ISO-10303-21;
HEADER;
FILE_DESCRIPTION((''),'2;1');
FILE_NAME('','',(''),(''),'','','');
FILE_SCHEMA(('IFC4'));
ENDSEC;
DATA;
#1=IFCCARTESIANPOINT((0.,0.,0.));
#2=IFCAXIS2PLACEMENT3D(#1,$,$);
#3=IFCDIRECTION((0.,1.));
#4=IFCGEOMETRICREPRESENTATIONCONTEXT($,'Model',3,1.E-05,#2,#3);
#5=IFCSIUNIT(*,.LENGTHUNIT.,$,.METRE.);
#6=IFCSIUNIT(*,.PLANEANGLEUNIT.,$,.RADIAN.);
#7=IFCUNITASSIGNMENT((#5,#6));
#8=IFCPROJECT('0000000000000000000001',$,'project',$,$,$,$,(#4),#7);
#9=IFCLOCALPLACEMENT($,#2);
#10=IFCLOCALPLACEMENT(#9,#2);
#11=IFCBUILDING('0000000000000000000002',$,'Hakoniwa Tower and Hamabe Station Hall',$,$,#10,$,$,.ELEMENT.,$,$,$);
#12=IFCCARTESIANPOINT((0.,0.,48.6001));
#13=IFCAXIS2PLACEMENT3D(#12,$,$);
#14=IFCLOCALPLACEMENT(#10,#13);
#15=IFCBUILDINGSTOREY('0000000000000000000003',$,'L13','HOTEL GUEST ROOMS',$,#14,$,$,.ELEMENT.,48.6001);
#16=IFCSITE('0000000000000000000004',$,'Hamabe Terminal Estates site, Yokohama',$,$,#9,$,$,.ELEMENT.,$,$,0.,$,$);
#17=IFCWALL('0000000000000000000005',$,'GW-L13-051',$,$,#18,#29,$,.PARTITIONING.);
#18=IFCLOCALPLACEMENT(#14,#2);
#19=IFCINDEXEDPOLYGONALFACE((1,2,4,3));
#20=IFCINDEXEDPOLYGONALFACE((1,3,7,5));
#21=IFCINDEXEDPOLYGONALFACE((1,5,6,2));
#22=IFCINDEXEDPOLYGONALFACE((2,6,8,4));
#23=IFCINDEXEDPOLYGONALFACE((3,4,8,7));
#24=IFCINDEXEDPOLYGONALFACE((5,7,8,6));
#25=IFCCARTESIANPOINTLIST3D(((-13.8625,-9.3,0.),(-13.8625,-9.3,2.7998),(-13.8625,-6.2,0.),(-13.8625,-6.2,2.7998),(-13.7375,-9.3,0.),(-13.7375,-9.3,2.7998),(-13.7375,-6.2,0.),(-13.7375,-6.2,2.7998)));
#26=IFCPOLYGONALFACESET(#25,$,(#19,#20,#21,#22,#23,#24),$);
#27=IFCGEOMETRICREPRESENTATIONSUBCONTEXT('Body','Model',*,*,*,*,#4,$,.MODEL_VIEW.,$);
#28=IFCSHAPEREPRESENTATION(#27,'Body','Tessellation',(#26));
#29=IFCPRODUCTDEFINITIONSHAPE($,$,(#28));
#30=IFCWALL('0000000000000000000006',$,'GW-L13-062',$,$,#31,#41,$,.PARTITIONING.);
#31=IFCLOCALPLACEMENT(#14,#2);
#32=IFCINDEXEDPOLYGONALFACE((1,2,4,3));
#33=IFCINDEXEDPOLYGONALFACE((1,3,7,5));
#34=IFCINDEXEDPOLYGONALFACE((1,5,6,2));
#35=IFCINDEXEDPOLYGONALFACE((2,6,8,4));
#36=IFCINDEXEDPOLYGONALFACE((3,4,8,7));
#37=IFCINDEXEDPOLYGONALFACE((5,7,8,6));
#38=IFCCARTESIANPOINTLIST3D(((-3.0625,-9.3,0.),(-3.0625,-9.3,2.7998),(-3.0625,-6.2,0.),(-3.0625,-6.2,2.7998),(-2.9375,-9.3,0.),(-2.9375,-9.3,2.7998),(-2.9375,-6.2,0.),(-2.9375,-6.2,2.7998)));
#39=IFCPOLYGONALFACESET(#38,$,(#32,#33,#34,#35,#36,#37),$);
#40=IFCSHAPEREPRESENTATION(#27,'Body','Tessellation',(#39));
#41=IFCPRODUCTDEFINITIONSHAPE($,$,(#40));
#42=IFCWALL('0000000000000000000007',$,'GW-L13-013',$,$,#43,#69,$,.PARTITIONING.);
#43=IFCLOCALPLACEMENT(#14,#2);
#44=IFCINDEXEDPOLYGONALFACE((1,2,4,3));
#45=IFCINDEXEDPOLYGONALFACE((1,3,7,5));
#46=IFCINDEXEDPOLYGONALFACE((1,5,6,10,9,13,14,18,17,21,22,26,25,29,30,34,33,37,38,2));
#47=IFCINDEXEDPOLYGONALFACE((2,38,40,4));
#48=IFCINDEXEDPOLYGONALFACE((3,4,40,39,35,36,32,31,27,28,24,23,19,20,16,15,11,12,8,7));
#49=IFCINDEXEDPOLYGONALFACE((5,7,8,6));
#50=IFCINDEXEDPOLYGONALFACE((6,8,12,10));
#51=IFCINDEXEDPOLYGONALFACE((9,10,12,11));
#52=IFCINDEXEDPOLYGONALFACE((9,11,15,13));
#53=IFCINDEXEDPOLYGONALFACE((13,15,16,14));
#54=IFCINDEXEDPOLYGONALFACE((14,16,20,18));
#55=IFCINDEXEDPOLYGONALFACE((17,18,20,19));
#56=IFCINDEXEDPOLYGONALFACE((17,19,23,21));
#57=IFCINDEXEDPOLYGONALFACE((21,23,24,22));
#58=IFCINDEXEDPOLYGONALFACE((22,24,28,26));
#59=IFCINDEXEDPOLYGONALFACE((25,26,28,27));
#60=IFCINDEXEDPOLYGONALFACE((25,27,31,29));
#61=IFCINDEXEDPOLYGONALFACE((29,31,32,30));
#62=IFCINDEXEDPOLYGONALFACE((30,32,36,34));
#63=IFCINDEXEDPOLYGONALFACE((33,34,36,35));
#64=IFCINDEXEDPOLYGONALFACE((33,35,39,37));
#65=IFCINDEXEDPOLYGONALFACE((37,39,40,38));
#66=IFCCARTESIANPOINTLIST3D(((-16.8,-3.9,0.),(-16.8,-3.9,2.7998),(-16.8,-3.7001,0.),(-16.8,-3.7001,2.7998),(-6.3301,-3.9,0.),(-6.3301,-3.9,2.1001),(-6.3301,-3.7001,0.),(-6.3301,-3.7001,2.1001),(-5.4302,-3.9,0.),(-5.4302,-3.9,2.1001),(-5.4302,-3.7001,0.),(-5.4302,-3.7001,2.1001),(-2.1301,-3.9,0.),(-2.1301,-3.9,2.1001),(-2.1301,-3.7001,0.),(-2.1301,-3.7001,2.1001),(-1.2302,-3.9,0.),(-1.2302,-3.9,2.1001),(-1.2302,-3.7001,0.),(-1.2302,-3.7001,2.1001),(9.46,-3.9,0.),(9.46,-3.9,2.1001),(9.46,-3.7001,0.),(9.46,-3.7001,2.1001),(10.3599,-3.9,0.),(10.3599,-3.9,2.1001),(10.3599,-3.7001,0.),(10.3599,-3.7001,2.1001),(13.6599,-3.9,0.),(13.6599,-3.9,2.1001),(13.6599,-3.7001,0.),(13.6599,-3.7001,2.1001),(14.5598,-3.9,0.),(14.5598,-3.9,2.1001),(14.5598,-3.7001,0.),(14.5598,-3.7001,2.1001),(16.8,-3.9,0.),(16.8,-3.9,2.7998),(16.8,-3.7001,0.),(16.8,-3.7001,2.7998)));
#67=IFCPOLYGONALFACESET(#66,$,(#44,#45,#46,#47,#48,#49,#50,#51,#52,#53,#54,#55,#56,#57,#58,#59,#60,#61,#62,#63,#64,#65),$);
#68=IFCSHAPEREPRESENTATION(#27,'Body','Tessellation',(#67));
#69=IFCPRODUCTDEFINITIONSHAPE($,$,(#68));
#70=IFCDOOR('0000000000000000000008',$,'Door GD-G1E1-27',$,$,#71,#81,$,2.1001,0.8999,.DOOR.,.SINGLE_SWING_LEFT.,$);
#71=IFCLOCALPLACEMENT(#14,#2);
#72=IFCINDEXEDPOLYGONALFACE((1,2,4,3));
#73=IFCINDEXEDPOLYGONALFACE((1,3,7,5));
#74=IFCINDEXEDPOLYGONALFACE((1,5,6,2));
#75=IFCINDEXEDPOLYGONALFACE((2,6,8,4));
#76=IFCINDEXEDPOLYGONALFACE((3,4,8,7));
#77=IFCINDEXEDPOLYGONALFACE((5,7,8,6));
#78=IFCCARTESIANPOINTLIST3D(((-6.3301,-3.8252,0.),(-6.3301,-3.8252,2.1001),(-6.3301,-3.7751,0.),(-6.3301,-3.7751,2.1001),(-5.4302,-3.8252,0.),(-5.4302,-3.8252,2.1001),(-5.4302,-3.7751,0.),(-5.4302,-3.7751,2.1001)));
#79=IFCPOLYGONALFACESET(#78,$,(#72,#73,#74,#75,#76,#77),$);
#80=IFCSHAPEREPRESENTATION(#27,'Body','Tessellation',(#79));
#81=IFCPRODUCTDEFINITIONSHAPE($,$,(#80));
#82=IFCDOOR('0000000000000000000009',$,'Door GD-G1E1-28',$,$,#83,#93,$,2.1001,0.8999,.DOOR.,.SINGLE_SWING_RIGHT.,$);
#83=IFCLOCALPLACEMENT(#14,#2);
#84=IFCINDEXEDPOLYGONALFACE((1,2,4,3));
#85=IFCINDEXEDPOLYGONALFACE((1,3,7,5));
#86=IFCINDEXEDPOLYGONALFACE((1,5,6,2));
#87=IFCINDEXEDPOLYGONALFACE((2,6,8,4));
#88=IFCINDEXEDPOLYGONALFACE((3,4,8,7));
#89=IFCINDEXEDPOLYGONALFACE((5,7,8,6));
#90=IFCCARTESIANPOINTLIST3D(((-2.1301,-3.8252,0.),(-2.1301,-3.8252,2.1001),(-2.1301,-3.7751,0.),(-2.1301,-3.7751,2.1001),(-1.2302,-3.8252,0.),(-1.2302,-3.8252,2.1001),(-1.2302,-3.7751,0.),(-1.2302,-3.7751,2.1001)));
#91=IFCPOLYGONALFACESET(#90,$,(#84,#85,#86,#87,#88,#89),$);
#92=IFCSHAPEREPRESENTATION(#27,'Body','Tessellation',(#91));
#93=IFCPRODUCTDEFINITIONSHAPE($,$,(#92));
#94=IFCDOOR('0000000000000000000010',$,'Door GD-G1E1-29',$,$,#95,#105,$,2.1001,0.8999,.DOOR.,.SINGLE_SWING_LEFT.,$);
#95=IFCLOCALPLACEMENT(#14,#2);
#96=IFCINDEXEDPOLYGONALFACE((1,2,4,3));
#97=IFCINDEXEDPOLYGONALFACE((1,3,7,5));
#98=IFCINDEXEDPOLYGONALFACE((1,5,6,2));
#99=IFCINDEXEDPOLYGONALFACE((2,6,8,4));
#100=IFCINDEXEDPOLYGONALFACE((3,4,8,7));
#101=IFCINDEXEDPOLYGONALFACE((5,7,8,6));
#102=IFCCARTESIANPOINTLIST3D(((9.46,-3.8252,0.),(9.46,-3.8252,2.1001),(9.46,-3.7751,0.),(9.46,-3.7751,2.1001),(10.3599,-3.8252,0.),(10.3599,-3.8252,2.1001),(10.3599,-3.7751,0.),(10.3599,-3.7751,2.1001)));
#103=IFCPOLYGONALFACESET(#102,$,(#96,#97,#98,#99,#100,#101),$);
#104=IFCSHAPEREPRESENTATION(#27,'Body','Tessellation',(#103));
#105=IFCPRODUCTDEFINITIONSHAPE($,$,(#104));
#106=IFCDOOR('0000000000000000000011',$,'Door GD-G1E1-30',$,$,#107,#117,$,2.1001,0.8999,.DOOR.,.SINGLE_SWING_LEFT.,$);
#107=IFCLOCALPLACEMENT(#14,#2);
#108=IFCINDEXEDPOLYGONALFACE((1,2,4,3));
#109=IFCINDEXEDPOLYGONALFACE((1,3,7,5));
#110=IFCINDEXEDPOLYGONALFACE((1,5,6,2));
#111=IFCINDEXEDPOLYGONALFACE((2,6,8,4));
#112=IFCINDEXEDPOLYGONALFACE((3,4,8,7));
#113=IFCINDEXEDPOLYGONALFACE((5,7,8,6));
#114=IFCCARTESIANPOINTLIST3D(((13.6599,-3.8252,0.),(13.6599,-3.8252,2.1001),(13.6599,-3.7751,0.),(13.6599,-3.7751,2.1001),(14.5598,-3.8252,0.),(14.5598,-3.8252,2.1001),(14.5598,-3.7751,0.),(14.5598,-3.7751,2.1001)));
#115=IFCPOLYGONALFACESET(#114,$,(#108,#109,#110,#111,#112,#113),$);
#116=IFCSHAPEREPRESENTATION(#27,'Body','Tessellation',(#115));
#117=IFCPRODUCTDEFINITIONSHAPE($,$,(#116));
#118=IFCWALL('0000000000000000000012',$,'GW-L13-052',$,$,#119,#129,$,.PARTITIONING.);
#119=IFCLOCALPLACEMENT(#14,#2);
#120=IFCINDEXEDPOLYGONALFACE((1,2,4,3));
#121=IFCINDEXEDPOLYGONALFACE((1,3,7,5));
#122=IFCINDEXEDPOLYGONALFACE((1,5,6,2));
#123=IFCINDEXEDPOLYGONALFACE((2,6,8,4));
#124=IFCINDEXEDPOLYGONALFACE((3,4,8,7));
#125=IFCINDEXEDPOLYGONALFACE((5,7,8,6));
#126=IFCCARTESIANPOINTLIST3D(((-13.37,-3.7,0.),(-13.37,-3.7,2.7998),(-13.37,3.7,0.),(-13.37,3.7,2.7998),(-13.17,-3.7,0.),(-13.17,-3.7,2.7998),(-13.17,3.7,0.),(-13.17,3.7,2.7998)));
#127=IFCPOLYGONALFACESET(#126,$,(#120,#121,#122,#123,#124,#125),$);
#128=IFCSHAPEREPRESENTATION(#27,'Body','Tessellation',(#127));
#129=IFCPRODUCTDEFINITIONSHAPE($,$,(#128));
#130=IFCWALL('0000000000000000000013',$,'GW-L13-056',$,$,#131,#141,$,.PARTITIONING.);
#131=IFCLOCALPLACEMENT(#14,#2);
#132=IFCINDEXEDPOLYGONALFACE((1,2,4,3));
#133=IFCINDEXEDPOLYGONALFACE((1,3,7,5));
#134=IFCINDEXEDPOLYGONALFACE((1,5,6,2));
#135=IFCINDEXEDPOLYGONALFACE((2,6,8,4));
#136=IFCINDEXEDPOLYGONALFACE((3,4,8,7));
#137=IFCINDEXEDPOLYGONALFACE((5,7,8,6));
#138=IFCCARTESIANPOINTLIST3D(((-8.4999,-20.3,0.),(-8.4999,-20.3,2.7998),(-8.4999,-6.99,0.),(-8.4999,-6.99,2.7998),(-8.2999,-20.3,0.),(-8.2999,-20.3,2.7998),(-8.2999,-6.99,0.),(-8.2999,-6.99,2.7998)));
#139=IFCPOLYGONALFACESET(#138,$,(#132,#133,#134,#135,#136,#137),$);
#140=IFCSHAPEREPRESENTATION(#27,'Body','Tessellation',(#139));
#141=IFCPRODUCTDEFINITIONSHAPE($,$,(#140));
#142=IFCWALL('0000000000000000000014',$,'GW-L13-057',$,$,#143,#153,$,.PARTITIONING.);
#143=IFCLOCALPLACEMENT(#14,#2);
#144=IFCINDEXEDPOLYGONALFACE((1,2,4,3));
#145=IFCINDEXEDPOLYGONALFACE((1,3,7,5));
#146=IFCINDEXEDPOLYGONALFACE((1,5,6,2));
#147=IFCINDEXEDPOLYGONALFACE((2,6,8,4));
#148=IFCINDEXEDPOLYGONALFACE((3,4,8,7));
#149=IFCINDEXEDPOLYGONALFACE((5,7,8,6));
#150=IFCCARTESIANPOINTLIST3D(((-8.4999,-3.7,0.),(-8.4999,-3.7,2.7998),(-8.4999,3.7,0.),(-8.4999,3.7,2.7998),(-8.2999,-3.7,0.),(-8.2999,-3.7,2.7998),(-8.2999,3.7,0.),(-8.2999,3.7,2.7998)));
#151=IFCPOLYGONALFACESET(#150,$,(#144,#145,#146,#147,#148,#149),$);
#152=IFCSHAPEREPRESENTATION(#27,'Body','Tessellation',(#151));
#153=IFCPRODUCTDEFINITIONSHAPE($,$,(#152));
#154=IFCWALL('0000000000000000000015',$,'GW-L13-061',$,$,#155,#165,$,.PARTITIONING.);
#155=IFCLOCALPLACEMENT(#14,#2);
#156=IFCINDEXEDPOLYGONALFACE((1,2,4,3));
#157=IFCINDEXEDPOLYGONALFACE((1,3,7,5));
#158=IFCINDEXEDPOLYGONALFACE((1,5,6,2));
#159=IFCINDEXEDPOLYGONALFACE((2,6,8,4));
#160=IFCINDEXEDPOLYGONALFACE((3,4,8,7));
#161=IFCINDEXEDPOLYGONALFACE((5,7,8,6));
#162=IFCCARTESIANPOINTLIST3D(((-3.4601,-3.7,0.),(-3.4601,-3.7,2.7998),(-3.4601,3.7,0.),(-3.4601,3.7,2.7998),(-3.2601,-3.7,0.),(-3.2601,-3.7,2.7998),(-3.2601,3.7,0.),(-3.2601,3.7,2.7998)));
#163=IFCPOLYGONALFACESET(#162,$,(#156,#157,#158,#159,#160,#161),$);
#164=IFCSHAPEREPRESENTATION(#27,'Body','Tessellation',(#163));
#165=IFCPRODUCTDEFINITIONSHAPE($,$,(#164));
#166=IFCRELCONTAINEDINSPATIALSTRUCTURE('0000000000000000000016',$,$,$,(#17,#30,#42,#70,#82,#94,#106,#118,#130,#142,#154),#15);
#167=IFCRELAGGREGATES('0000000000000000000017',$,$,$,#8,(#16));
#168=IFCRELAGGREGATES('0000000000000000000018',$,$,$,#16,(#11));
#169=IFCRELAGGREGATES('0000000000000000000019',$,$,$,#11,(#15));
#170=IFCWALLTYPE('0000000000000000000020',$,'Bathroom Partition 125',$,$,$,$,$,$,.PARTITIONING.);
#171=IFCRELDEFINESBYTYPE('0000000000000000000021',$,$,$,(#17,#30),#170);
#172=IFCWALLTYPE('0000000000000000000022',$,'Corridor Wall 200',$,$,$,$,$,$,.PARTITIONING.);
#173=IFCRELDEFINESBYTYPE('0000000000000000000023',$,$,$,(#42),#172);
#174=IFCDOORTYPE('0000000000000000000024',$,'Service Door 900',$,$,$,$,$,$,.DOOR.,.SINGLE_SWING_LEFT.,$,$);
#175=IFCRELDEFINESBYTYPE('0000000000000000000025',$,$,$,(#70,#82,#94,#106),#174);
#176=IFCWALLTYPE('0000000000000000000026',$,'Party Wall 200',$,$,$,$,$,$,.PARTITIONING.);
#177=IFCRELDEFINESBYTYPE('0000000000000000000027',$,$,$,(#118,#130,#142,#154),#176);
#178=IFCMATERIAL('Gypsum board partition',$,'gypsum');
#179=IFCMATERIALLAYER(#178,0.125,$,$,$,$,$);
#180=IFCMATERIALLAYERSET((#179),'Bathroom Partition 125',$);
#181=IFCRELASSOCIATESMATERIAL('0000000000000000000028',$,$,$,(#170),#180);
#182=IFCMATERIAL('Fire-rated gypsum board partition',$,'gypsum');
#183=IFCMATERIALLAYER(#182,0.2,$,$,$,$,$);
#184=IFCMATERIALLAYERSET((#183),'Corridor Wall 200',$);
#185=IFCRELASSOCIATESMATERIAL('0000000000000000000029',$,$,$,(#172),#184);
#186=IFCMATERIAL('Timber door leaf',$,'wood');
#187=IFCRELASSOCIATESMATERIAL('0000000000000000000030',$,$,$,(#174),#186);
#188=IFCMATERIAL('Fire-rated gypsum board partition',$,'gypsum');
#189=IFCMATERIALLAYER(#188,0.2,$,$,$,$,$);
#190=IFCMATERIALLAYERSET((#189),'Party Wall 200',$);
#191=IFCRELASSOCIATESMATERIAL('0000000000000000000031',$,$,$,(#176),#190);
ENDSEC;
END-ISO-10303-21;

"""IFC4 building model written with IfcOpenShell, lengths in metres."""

from ifc_helpers import new_model, si_unit, direction, frame, frame_2d, origin, place, context, subcontext, project, spatial, rectangle, extrude, material, layer, layer_set, type_object, element, fill, save


model = new_model("IFC4")

# Units and contexts
model_context = context("Model", 3, precision=1e-05, world=origin(), true_north=direction((0.0, 1.0)))
body_context = subcontext(model_context, "Body", "Model", "MODEL_VIEW")
ifc_project = project(units=[si_unit("LENGTHUNIT", "METRE"), si_unit("PLANEANGLEUNIT", "RADIAN")], contexts=[model_context])

# Site, building, storey
site_placement = place(None, origin())
site = spatial("IfcSite", under=ifc_project, at=site_placement, Name="Hamabe Terminal Estates site, Yokohama", CompositionType="ELEMENT", RefElevation=0.0)
building_placement = place(site_placement, origin())
building = spatial("IfcBuilding", under=site, at=building_placement, Name="Hakoniwa Tower and Hamabe Station Hall", CompositionType="ELEMENT")
storey_placement = place(building_placement, frame((0.0, 0.0, 48.6001)))
storey = spatial("IfcBuildingStorey", under=building, at=storey_placement, Name="L13", Description="HOTEL GUEST ROOMS", CompositionType="ELEMENT", Elevation=48.6001)

# Shared definitions
ifc_material_1 = material(Name="Gypsum board partition", Category="gypsum")
ifc_layer_1 = layer(ifc_material_1, 0.125)
ifc_layer_set_1 = layer_set([ifc_layer_1], Name="Bathroom Partition 125")
wall_type_1 = type_object("IfcWallType", Name="Bathroom Partition 125", PredefinedType="PARTITIONING", material=ifc_layer_set_1)

# Walls
for number, where, z_axis, x_axis, name in (
    (1, (-13.8, -9.3, 0.0), (0.0, 0.0, 1.0), (0.0, 1.0, 0.0), "GW-L13-051"),
    (2, (-3.0, -9.3, 0.0), (0.0, 0.0, 1.0), (0.0, 1.0, 0.0), "GW-L13-062"),
):
    element("IfcWall", number, at=place(storey_placement, frame(where, z_axis=z_axis, x_axis=x_axis)), inside=storey, type_object=wall_type_1, Name=name, PredefinedType="PARTITIONING", context=body_context, shape_type="SweptSolid", body=[
        extrude(rectangle(XDim=3.1001, YDim=0.125, at=frame_2d((1.55, 0.0))), origin(), (0.0, 0.0, 1.0), 2.7998),
    ])

# Wall, openings, doors
ifc_material_2 = material(Name="Fire-rated gypsum board partition", Category="gypsum")
ifc_layer_2 = layer(ifc_material_2, 0.2)
ifc_layer_set_2 = layer_set([ifc_layer_2], Name="Corridor Wall 200")
wall_type_2 = type_object("IfcWallType", Name="Corridor Wall 200", PredefinedType="PARTITIONING", material=ifc_layer_set_2)
wall_1_placement = place(storey_placement, frame((-16.8, -3.8, 0.0), z_axis=(0.0, 0.0, 1.0), x_axis=(1.0, 0.0, 0.0)))
wall_1 = element("IfcWall", 3, at=wall_1_placement, inside=storey, type_object=wall_type_2, Name="GW-L13-013", PredefinedType="PARTITIONING", context=body_context, shape_type="SweptSolid", body=[
    extrude(rectangle(XDim=33.6001, YDim=0.2, at=frame_2d((16.8, 0.0))), origin(), (0.0, 0.0, 1.0), 2.7998),
])
opening_1_placement = place(wall_1_placement, frame((10.47, 0.0, 0.0)))
opening_1 = element("IfcOpeningElement", 4, at=opening_1_placement, cuts=wall_1, PredefinedType="OPENING", context=body_context, shape_type="SweptSolid", body=[
    extrude(rectangle(XDim=0.8999, YDim=2.1001, at=frame_2d((0.45, 1.05))), frame((0.0, 0.1099, 0.0), z_axis=(0.0, -1.0, 0.0), x_axis=(1.0, 0.0, 0.0)), (0.0, 0.0, 1.0), 0.22),
])
opening_2_placement = place(wall_1_placement, frame((14.6699, 0.0, 0.0)))
opening_2 = element("IfcOpeningElement", 5, at=opening_2_placement, cuts=wall_1, PredefinedType="OPENING", context=body_context, shape_type="SweptSolid", body=[
    extrude(rectangle(XDim=0.8999, YDim=2.1001, at=frame_2d((0.45, 1.05))), frame((0.0, 0.1099, 0.0), z_axis=(0.0, -1.0, 0.0), x_axis=(1.0, 0.0, 0.0)), (0.0, 0.0, 1.0), 0.22),
])
opening_3_placement = place(wall_1_placement, frame((26.26, 0.0, 0.0)))
opening_3 = element("IfcOpeningElement", 6, at=opening_3_placement, cuts=wall_1, PredefinedType="OPENING", context=body_context, shape_type="SweptSolid", body=[
    extrude(rectangle(XDim=0.8999, YDim=2.1001, at=frame_2d((0.45, 1.05))), frame((0.0, 0.1099, 0.0), z_axis=(0.0, -1.0, 0.0), x_axis=(1.0, 0.0, 0.0)), (0.0, 0.0, 1.0), 0.22),
])
opening_4_placement = place(wall_1_placement, frame((30.46, 0.0, 0.0)))
opening_4 = element("IfcOpeningElement", 7, at=opening_4_placement, cuts=wall_1, PredefinedType="OPENING", context=body_context, shape_type="SweptSolid", body=[
    extrude(rectangle(XDim=0.8999, YDim=2.1001, at=frame_2d((0.45, 1.05))), frame((0.0, 0.1099, 0.0), z_axis=(0.0, -1.0, 0.0), x_axis=(1.0, 0.0, 0.0)), (0.0, 0.0, 1.0), 0.22),
])
ifc_material_3 = material(Name="Timber door leaf", Category="wood")
door_type_1 = type_object("IfcDoorType", Name="Service Door 900", OperationType="SINGLE_SWING_LEFT", PredefinedType="DOOR", material=ifc_material_3)
door_1_placement = place(opening_1_placement, origin())
door_1 = element("IfcDoor", 8, at=door_1_placement, inside=storey, type_object=door_type_1, Name="Door GD-G1E1-27", OperationType="SINGLE_SWING_LEFT", OverallHeight=2.1001, OverallWidth=0.8999, PredefinedType="DOOR", context=body_context, shape_type="SweptSolid", body=[
    extrude(rectangle(XDim=0.8999, YDim=2.1001, at=frame_2d((0.45, 1.05))), frame((0.0, 0.0249, 0.0), z_axis=(0.0, -1.0, 0.0), x_axis=(1.0, 0.0, 0.0)), (0.0, 0.0, 1.0), 0.05),
])
fill(opening_1, door_1)
door_2_placement = place(opening_2_placement, origin())
door_2 = element("IfcDoor", 9, at=door_2_placement, inside=storey, type_object=door_type_1, Name="Door GD-G1E1-28", OperationType="SINGLE_SWING_RIGHT", OverallHeight=2.1001, OverallWidth=0.8999, PredefinedType="DOOR", context=body_context, shape_type="SweptSolid", body=[
    extrude(rectangle(XDim=0.8999, YDim=2.1001, at=frame_2d((0.45, 1.05))), frame((0.0, 0.0249, 0.0), z_axis=(0.0, -1.0, 0.0), x_axis=(1.0, 0.0, 0.0)), (0.0, 0.0, 1.0), 0.05),
])
fill(opening_2, door_2)
door_3_placement = place(opening_3_placement, origin())
door_3 = element("IfcDoor", 10, at=door_3_placement, inside=storey, type_object=door_type_1, Name="Door GD-G1E1-29", OperationType="SINGLE_SWING_LEFT", OverallHeight=2.1001, OverallWidth=0.8999, PredefinedType="DOOR", context=body_context, shape_type="SweptSolid", body=[
    extrude(rectangle(XDim=0.8999, YDim=2.1001, at=frame_2d((0.45, 1.05))), frame((0.0, 0.0249, 0.0), z_axis=(0.0, -1.0, 0.0), x_axis=(1.0, 0.0, 0.0)), (0.0, 0.0, 1.0), 0.05),
])
fill(opening_3, door_3)
door_4_placement = place(opening_4_placement, origin())
door_4 = element("IfcDoor", 11, at=door_4_placement, inside=storey, type_object=door_type_1, Name="Door GD-G1E1-30", OperationType="SINGLE_SWING_LEFT", OverallHeight=2.1001, OverallWidth=0.8999, PredefinedType="DOOR", context=body_context, shape_type="SweptSolid", body=[
    extrude(rectangle(XDim=0.8999, YDim=2.1001, at=frame_2d((0.45, 1.05))), frame((0.0, 0.0249, 0.0), z_axis=(0.0, -1.0, 0.0), x_axis=(1.0, 0.0, 0.0)), (0.0, 0.0, 1.0), 0.05),
])
fill(opening_4, door_4)

# Walls
ifc_material_4 = material(Name="Fire-rated gypsum board partition", Category="gypsum")
ifc_layer_3 = layer(ifc_material_4, 0.2)
ifc_layer_set_3 = layer_set([ifc_layer_3], Name="Party Wall 200")
wall_type_3 = type_object("IfcWallType", Name="Party Wall 200", PredefinedType="PARTITIONING", material=ifc_layer_set_3)
wall_2_placement = place(storey_placement, frame((-13.27, -3.7, 0.0), z_axis=(0.0, 0.0, 1.0), x_axis=(0.0, 1.0, 0.0)))
element("IfcWall", 12, at=wall_2_placement, inside=storey, type_object=wall_type_3, Name="GW-L13-052", PredefinedType="PARTITIONING", context=body_context, shape_type="SweptSolid", body=[
    extrude(rectangle(XDim=7.3999, YDim=0.2, at=frame_2d((3.7, 0.0))), origin(), (0.0, 0.0, 1.0), 2.7998),
])
wall_3_placement = place(storey_placement, frame((-8.3999, -20.3, 0.0), z_axis=(0.0, 0.0, 1.0), x_axis=(0.0, 1.0, 0.0)))
element("IfcWall", 13, at=wall_3_placement, inside=storey, type_object=wall_type_3, Name="GW-L13-056", PredefinedType="PARTITIONING", context=body_context, shape_type="SweptSolid", body=[
    extrude(rectangle(XDim=13.3101, YDim=0.2, at=frame_2d((6.655, 0.0))), origin(), (0.0, 0.0, 1.0), 2.7998),
])
for number, where, z_axis, x_axis, name in (
    (14, (-8.3999, -3.7, 0.0), (0.0, 0.0, 1.0), (0.0, 1.0, 0.0), "GW-L13-057"),
    (15, (-3.3601, -3.7, 0.0), (0.0, 0.0, 1.0), (0.0, 1.0, 0.0), "GW-L13-061"),
):
    element("IfcWall", number, at=place(storey_placement, frame(where, z_axis=z_axis, x_axis=x_axis)), inside=storey, type_object=wall_type_3, Name=name, PredefinedType="PARTITIONING", context=body_context, shape_type="SweptSolid", body=[
        extrude(rectangle(XDim=7.3999, YDim=0.2, at=frame_2d((3.7, 0.0))), origin(), (0.0, 0.0, 1.0), 2.7998),
    ])

save(model, "model.ifc")
